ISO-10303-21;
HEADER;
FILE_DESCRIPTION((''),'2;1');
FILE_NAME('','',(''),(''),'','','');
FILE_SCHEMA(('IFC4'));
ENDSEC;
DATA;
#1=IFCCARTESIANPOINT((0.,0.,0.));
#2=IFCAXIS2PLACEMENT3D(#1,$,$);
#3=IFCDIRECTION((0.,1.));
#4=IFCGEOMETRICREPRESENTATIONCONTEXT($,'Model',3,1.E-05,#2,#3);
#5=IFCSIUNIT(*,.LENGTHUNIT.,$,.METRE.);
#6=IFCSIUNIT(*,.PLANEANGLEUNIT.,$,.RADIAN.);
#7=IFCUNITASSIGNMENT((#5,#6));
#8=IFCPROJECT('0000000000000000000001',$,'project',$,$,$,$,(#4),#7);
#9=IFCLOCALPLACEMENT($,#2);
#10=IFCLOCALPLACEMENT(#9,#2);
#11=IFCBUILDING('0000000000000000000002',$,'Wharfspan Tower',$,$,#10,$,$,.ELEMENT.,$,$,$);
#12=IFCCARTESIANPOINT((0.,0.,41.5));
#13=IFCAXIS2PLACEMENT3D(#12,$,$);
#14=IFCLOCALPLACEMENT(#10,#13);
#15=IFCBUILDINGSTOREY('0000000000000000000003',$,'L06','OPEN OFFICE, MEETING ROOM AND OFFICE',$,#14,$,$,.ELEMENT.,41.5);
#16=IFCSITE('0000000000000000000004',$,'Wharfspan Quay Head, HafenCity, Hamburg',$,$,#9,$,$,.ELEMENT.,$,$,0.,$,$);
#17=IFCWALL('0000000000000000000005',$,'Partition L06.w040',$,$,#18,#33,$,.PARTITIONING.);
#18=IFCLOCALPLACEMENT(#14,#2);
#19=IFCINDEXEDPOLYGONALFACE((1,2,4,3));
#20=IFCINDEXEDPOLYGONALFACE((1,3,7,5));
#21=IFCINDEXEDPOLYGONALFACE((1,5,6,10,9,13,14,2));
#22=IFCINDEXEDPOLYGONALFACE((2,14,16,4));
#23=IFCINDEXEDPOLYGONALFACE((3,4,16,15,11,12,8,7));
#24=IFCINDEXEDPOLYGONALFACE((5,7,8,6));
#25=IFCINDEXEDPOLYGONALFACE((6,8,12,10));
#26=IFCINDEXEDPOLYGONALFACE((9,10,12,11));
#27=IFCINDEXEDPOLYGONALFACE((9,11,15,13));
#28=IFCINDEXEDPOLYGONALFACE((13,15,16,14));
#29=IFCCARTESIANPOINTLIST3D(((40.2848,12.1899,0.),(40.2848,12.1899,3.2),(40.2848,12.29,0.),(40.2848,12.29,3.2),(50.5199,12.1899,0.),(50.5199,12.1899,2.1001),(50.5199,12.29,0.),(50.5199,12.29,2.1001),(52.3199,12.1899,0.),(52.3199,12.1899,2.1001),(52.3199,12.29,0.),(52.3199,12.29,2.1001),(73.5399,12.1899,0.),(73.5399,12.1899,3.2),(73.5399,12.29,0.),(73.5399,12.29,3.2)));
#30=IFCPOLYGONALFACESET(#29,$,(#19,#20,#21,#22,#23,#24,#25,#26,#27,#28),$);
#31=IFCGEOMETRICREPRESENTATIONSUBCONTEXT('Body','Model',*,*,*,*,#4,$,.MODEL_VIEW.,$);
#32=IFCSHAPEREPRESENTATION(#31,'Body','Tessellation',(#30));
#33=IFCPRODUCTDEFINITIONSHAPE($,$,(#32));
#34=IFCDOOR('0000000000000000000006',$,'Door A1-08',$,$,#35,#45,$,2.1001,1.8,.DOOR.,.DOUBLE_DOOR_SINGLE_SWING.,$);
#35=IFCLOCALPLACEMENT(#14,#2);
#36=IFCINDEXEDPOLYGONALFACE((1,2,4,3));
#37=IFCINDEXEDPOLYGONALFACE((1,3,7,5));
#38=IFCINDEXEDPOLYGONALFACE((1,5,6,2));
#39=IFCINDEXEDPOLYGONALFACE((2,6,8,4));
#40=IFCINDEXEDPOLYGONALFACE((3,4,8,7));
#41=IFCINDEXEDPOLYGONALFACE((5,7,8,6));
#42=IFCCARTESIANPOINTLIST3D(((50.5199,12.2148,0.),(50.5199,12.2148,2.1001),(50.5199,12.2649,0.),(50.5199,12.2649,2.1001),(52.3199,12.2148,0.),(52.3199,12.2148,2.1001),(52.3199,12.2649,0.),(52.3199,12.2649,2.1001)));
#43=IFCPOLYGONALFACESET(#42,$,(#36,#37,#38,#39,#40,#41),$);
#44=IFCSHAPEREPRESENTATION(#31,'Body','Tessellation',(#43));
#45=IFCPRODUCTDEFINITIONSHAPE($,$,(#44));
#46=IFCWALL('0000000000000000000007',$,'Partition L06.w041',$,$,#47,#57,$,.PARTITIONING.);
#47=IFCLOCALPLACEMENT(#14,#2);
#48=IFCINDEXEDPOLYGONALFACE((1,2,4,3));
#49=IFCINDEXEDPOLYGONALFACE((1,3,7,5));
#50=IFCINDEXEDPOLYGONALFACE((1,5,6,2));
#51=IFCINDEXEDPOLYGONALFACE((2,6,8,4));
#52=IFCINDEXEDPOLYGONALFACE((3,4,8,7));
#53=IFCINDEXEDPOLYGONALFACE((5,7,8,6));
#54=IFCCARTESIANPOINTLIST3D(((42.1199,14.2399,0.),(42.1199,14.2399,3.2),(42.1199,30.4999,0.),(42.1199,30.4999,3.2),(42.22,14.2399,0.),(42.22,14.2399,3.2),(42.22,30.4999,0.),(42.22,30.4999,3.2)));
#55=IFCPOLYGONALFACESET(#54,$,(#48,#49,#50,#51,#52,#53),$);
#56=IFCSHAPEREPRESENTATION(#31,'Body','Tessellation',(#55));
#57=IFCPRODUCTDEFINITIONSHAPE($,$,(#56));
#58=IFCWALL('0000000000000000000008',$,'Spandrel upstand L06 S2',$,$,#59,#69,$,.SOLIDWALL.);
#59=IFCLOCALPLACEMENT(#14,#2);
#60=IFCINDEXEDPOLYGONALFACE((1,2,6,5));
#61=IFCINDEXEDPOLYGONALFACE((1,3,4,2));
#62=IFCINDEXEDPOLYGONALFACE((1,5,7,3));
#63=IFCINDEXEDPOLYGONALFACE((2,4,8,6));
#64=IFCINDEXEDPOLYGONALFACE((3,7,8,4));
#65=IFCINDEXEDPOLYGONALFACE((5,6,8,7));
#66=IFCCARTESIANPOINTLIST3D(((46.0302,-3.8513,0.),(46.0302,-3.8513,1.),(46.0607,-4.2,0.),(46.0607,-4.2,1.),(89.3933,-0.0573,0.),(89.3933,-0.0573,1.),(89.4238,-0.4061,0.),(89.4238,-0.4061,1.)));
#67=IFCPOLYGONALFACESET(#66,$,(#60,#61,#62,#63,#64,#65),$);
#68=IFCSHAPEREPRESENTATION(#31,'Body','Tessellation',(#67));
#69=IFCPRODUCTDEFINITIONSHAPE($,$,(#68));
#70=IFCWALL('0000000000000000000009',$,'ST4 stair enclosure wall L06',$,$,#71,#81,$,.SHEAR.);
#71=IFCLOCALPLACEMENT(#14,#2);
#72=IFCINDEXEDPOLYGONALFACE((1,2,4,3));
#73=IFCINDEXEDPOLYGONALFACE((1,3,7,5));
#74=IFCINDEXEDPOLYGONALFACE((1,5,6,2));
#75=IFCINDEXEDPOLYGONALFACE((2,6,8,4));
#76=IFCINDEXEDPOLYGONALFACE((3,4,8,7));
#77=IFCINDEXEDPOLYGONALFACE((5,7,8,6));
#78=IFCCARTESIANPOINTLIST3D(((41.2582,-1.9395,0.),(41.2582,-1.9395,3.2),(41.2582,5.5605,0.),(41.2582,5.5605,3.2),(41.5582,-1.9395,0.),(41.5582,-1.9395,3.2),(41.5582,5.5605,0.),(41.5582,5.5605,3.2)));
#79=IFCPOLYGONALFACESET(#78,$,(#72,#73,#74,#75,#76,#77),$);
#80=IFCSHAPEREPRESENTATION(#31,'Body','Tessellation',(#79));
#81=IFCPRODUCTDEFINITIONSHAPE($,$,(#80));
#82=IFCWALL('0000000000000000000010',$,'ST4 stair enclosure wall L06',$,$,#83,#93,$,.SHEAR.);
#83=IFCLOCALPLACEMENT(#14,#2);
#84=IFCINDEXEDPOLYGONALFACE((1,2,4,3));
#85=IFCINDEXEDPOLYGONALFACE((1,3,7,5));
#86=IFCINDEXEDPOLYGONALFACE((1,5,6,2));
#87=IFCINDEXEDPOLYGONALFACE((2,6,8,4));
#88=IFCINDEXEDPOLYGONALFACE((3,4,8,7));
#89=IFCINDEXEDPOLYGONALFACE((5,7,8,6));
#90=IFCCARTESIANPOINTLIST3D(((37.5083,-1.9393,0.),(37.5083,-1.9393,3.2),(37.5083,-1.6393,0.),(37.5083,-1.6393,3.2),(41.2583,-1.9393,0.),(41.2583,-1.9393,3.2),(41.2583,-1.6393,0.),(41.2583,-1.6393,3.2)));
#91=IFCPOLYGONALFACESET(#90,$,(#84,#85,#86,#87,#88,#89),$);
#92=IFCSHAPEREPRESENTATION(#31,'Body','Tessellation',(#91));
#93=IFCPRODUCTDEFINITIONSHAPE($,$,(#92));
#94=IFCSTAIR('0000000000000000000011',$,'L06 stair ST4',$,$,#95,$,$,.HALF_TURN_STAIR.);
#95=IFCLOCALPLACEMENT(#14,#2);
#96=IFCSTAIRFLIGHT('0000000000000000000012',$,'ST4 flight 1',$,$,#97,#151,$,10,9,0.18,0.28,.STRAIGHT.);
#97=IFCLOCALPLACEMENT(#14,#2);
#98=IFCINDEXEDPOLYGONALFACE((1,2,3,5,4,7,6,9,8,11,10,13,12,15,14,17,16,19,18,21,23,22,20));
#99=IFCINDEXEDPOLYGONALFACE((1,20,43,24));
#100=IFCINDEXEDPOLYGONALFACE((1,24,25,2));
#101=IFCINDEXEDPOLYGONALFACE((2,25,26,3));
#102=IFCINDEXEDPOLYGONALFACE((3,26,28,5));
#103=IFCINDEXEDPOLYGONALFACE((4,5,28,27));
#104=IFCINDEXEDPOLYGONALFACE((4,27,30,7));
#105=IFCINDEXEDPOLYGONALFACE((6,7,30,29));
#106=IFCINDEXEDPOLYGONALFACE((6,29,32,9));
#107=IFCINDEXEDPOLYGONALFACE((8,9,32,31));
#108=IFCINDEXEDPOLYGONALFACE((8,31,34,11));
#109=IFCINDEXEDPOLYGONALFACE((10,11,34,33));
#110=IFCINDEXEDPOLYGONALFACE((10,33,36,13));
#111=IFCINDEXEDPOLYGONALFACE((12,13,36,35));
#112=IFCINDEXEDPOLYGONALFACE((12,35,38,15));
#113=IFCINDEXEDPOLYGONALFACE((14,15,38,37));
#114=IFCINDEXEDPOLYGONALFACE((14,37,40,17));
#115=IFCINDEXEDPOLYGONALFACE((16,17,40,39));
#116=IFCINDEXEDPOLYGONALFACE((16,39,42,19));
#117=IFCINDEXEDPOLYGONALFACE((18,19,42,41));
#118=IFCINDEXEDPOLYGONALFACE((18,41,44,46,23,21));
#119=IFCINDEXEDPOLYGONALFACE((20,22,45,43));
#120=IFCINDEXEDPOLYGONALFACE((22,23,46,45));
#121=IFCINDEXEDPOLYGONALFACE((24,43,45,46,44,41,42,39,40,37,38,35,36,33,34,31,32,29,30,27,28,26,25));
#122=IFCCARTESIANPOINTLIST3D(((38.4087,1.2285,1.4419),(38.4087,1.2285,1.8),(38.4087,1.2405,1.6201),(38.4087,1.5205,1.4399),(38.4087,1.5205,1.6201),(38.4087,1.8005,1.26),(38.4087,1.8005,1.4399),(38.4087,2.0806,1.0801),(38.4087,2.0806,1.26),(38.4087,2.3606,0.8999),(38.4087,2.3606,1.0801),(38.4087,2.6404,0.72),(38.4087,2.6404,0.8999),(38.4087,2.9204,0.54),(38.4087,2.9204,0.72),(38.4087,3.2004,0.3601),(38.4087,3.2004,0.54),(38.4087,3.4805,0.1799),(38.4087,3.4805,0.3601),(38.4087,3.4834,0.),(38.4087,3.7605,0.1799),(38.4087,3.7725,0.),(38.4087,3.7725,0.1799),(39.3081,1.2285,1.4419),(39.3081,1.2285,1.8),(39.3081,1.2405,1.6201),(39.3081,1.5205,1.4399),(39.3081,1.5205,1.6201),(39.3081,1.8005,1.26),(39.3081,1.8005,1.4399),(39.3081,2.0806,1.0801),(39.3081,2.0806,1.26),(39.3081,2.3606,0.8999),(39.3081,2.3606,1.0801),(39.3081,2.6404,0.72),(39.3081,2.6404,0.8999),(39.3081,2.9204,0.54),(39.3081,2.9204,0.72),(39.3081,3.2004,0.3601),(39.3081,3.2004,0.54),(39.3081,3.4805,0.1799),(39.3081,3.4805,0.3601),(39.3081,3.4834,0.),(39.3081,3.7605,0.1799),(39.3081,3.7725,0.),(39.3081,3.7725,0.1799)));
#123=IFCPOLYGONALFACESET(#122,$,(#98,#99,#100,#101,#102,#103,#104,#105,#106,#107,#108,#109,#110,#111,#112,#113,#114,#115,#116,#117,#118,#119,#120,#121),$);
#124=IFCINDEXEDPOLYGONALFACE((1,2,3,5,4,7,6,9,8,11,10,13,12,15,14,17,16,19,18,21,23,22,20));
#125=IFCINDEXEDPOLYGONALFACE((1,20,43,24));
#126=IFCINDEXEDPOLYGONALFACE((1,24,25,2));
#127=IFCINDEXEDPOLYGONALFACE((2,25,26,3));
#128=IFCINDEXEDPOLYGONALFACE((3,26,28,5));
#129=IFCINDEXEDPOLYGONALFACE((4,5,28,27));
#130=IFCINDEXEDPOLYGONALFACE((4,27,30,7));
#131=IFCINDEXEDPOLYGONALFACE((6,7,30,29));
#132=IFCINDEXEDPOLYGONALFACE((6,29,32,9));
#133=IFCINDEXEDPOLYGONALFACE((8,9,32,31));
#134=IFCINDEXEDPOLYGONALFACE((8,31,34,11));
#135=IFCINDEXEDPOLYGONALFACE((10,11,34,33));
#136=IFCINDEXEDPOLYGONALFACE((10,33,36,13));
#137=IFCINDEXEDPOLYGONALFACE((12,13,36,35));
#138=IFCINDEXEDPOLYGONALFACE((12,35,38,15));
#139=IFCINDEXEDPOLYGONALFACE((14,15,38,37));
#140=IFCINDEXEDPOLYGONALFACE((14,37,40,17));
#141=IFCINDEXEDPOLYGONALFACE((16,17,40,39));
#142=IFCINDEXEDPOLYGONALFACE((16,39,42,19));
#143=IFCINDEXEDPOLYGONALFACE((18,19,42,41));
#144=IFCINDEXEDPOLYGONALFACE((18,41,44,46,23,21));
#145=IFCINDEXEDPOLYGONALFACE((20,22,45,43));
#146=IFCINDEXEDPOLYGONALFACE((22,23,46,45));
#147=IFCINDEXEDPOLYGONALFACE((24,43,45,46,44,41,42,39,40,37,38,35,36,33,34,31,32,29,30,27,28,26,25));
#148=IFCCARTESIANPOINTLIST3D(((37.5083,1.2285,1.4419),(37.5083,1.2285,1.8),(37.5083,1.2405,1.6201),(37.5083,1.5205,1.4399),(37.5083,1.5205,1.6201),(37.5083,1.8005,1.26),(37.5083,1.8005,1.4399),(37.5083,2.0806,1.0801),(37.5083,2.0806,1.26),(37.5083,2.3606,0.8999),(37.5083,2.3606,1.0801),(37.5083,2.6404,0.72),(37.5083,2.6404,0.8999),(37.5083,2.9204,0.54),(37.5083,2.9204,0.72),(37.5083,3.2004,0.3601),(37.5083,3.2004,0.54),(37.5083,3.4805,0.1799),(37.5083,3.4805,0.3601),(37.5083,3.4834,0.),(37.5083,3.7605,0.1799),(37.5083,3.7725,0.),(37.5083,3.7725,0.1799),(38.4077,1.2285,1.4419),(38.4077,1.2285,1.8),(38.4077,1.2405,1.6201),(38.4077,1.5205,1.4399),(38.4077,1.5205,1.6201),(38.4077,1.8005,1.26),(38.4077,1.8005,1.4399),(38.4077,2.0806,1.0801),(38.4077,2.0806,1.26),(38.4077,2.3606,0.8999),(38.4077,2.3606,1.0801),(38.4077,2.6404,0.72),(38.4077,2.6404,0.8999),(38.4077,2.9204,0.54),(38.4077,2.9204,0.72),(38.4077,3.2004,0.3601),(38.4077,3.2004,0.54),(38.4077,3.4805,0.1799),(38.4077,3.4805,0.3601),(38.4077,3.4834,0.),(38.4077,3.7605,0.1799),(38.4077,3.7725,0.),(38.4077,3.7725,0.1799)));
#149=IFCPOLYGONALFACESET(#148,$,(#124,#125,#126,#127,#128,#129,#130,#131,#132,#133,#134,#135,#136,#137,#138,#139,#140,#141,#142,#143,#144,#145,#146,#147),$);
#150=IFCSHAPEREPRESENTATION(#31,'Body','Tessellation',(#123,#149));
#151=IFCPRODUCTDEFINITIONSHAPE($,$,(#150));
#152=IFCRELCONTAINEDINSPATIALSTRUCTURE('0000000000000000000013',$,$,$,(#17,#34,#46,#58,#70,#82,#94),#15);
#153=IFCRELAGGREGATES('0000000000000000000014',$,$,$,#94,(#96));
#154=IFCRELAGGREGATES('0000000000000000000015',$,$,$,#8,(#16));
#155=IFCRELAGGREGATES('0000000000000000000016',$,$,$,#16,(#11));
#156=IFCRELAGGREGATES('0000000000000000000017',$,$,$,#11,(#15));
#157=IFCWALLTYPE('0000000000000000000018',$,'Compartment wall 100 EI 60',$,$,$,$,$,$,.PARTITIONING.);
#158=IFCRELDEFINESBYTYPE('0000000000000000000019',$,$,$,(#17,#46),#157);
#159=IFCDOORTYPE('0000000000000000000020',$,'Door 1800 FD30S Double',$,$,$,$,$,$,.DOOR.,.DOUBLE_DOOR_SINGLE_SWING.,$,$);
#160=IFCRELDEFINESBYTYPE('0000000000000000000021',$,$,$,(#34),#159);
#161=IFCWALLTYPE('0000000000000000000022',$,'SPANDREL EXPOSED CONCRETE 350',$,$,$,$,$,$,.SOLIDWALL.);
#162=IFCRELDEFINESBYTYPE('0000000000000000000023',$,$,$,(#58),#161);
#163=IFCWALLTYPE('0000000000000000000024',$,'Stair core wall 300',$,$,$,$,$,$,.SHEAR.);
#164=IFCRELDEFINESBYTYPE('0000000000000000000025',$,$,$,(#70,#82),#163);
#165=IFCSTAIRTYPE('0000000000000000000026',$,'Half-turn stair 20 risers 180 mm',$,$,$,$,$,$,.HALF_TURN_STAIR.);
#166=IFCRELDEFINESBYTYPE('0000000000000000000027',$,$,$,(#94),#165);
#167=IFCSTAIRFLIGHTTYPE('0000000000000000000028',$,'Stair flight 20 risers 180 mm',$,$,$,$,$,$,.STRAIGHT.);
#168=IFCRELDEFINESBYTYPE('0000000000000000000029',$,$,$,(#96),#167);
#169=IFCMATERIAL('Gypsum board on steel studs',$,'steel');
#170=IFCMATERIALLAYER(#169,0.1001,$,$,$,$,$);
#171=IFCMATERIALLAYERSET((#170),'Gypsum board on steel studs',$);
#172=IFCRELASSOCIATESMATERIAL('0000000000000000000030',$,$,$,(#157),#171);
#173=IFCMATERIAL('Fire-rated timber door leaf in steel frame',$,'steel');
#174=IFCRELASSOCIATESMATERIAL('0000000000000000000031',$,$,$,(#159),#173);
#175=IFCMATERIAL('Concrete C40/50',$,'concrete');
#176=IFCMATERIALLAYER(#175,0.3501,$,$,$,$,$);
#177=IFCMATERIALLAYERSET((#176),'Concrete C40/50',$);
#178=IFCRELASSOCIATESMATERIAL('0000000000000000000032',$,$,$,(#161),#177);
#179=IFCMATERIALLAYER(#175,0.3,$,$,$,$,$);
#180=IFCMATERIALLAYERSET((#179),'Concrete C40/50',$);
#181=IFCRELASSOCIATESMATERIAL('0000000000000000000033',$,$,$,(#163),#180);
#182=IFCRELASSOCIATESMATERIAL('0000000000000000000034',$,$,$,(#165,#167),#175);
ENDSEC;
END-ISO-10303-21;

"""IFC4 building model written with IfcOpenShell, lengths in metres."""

from ifc_helpers import new_model, si_unit, direction, frame, frame_2d, origin, place, context, subcontext, project, spatial, polyline, rectangle, outline, extrude, material, layer, layer_set, type_object, element, fill, aggregate, save


model = new_model("IFC4")

# Units and contexts
model_context = context("Model", 3, precision=1e-05, world=origin(), true_north=direction((0.0, 1.0)))
body_context = subcontext(model_context, "Body", "Model", "MODEL_VIEW")
ifc_project = project(units=[si_unit("LENGTHUNIT", "METRE"), si_unit("PLANEANGLEUNIT", "RADIAN")], contexts=[model_context])

# Site, building, storey
site_placement = place(None, origin())
site = spatial("IfcSite", under=ifc_project, at=site_placement, Name="Wharfspan Quay Head, HafenCity, Hamburg", CompositionType="ELEMENT", RefElevation=0.0)
building_placement = place(site_placement, origin())
building = spatial("IfcBuilding", under=site, at=building_placement, Name="Wharfspan Tower", CompositionType="ELEMENT")
storey_placement = place(building_placement, frame((0.0, 0.0, 41.5)))
storey = spatial("IfcBuildingStorey", under=building, at=storey_placement, Name="L06", Description="OPEN OFFICE, MEETING ROOM AND OFFICE", CompositionType="ELEMENT", Elevation=41.5)

# Shared definitions
ifc_material_1 = material(Name="Gypsum board on steel studs", Category="steel")
ifc_layer_1 = layer(ifc_material_1, 0.1001)
ifc_layer_set_1 = layer_set([ifc_layer_1], Name="Gypsum board on steel studs")
wall_type_1 = type_object("IfcWallType", Name="Compartment wall 100 EI 60", PredefinedType="PARTITIONING", material=ifc_layer_set_1)

# Wall, opening, door
wall_1_placement = place(storey_placement, frame((40.2849, 12.24, 0.0), z_axis=(0.0, 0.0, 1.0), x_axis=(1.0, 0.0, 0.0)))
wall_1 = element("IfcWall", 1, at=wall_1_placement, inside=storey, type_object=wall_type_1, Name="Partition L06.w040", PredefinedType="PARTITIONING", context=body_context, shape_type="SweptSolid", body=[
    extrude(rectangle(XDim=33.2551, YDim=0.1001, at=frame_2d((16.6274, 0.0))), origin(), (0.0, 0.0, 1.0), 3.2),
])
opening_placement = place(wall_1_placement, frame((10.2351, 0.0, 0.0)))
opening = element("IfcOpeningElement", 2, at=opening_placement, cuts=wall_1, PredefinedType="OPENING", context=body_context, shape_type="SweptSolid", body=[
    extrude(rectangle(XDim=1.8, YDim=2.1001, at=frame_2d((0.8999, 1.05))), frame((0.0, 0.0601, 0.0), z_axis=(0.0, -1.0, 0.0), x_axis=(1.0, 0.0, 0.0)), (0.0, 0.0, 1.0), 0.1201),
])
ifc_material_2 = material(Name="Fire-rated timber door leaf in steel frame", Category="steel")
door_type = type_object("IfcDoorType", Name="Door 1800 FD30S Double", OperationType="DOUBLE_DOOR_SINGLE_SWING", PredefinedType="DOOR", material=ifc_material_2)
door_placement = place(opening_placement, origin())
door = element("IfcDoor", 3, at=door_placement, inside=storey, type_object=door_type, Name="Door A1-08", OperationType="DOUBLE_DOOR_SINGLE_SWING", OverallHeight=2.1001, OverallWidth=1.8, PredefinedType="DOOR", context=body_context, shape_type="SweptSolid", body=[
    extrude(rectangle(XDim=1.8, YDim=2.1001, at=frame_2d((0.8999, 1.05))), frame((0.0, 0.0249, 0.0), z_axis=(0.0, -1.0, 0.0), x_axis=(1.0, 0.0, 0.0)), (0.0, 0.0, 1.0), 0.05),
])
fill(opening, door)

# Walls
wall_2_placement = place(storey_placement, frame((42.1699, 14.24, 0.0), z_axis=(0.0, 0.0, 1.0), x_axis=(0.0, 1.0, 0.0)))
element("IfcWall", 4, at=wall_2_placement, inside=storey, type_object=wall_type_1, Name="Partition L06.w041", PredefinedType="PARTITIONING", context=body_context, shape_type="SweptSolid", body=[
    extrude(rectangle(XDim=16.26, YDim=0.1001, at=frame_2d((8.1299, 0.0))), origin(), (0.0, 0.0, 1.0), 3.2),
])
ifc_material_3 = material(Name="Concrete C40/50", Category="concrete")
ifc_layer_2 = layer(ifc_material_3, 0.3501)
ifc_layer_set_2 = layer_set([ifc_layer_2], Name="Concrete C40/50")
wall_type_2 = type_object("IfcWallType", Name="SPANDREL EXPOSED CONCRETE 350", PredefinedType="SOLIDWALL", material=ifc_layer_set_2)
wall_3_placement = place(storey_placement, frame((46.0454, -4.0256, 0.0), z_axis=(0.0, 0.0, 1.0), x_axis=(0.996198, 0.08716, 0.0)))
element("IfcWall", 5, at=wall_3_placement, inside=storey, type_object=wall_type_2, Name="Spandrel upstand L06 S2", PredefinedType="SOLIDWALL", context=body_context, shape_type="SweptSolid", body=[
    extrude(rectangle(XDim=43.5288, YDim=0.3501, at=frame_2d((21.7644, 0.0))), origin(), (0.0, 0.0, 1.0), 1.0),
])
ifc_layer_3 = layer(ifc_material_3, 0.3)
ifc_layer_set_3 = layer_set([ifc_layer_3], Name="Concrete C40/50")
wall_type_3 = type_object("IfcWallType", Name="Stair core wall 300", PredefinedType="SHEAR", material=ifc_layer_set_3)
wall_4_placement = place(storey_placement, frame((41.4082, -1.9395, 0.0), z_axis=(0.0, 0.0, 1.0), x_axis=(0.0, 1.0, 0.0)))
element("IfcWall", 6, at=wall_4_placement, inside=storey, type_object=wall_type_3, Name="ST4 stair enclosure wall L06", PredefinedType="SHEAR", context=body_context, shape_type="SweptSolid", body=[
    extrude(rectangle(XDim=7.5, YDim=0.3, at=frame_2d((3.75, 0.0))), origin(), (0.0, 0.0, 1.0), 3.2),
])
wall_5_placement = place(storey_placement, frame((37.5083, -1.7893, 0.0), z_axis=(0.0, 0.0, 1.0), x_axis=(1.0, 0.0, 0.0)))
element("IfcWall", 7, at=wall_5_placement, inside=storey, type_object=wall_type_3, Name="ST4 stair enclosure wall L06", PredefinedType="SHEAR", context=body_context, shape_type="SweptSolid", body=[
    extrude(rectangle(XDim=3.75, YDim=0.3, at=frame_2d((1.875, 0.0))), origin(), (0.0, 0.0, 1.0), 3.2),
])

# Stair, stair flight
stair_type = type_object("IfcStairType", Name="Half-turn stair 20 risers 180 mm", PredefinedType="HALF_TURN_STAIR", material=ifc_material_3)
stair_placement = place(storey_placement, origin())
stair = element("IfcStair", 8, at=stair_placement, inside=storey, type_object=stair_type, Name="L06 stair ST4", PredefinedType="HALF_TURN_STAIR")
stair_flight_type = type_object("IfcStairFlightType", Name="Stair flight 20 risers 180 mm", PredefinedType="STRAIGHT", material=ifc_material_3)
stair_flight_1_placement = place(storey_placement, frame((38.4082, 3.7605, 0.0), z_axis=(0.0, 0.0, 1.0), x_axis=(0.0, -1.0, 0.0)))
stair_flight_1 = element("IfcStairFlight", 9, at=stair_flight_1_placement, type_object=stair_flight_type, Name="ST4 flight 1", NumberOfRisers=10, NumberOfTreads=9, PredefinedType="STRAIGHT", RiserHeight=0.18, TreadLength=0.28, context=body_context, shape_type="SweptSolid", body=[
    extrude(outline(polyline([(-0.012, 0.0), (-0.012, 0.1799), (0.0, 0.1799), (0.28, 0.1799), (0.28, 0.3601), (0.5601, 0.3601), (0.5601, 0.54), (0.8401, 0.54), (0.8401, 0.72), (1.1201, 0.72), (1.1201, 0.8999), (1.3999, 0.8999), (1.3999, 1.0801), (1.6799, 1.0801), (1.6799, 1.26), (1.96, 1.26), (1.96, 1.4399), (2.24, 1.4399), (2.24, 1.6201), (2.52, 1.6201), (2.532, 1.8), (2.532, 1.4419), (0.2771, 0.0), (-0.012, 0.0)])), frame((0.0, 0.8999, 0.0), z_axis=(0.0, -1.0, 0.0), x_axis=(1.0, 0.0, 0.0)), (0.0, 0.0, 1.0), 0.8994),
    extrude(outline(polyline([(-0.012, 0.0), (-0.012, 0.1799), (0.0, 0.1799), (0.28, 0.1799), (0.28, 0.3601), (0.5601, 0.3601), (0.5601, 0.54), (0.8401, 0.54), (0.8401, 0.72), (1.1201, 0.72), (1.1201, 0.8999), (1.3999, 0.8999), (1.3999, 1.0801), (1.6799, 1.0801), (1.6799, 1.26), (1.96, 1.26), (1.96, 1.4399), (2.24, 1.4399), (2.24, 1.6201), (2.52, 1.6201), (2.532, 1.8), (2.532, 1.4419), (0.2771, 0.0), (-0.012, 0.0)])), frame((0.0, -0.0005, 0.0), z_axis=(0.0, -1.0, 0.0), x_axis=(1.0, 0.0, 0.0)), (0.0, 0.0, 1.0), 0.8994),
])
aggregate(stair, [stair_flight_1])

save(model, "model.ifc")
